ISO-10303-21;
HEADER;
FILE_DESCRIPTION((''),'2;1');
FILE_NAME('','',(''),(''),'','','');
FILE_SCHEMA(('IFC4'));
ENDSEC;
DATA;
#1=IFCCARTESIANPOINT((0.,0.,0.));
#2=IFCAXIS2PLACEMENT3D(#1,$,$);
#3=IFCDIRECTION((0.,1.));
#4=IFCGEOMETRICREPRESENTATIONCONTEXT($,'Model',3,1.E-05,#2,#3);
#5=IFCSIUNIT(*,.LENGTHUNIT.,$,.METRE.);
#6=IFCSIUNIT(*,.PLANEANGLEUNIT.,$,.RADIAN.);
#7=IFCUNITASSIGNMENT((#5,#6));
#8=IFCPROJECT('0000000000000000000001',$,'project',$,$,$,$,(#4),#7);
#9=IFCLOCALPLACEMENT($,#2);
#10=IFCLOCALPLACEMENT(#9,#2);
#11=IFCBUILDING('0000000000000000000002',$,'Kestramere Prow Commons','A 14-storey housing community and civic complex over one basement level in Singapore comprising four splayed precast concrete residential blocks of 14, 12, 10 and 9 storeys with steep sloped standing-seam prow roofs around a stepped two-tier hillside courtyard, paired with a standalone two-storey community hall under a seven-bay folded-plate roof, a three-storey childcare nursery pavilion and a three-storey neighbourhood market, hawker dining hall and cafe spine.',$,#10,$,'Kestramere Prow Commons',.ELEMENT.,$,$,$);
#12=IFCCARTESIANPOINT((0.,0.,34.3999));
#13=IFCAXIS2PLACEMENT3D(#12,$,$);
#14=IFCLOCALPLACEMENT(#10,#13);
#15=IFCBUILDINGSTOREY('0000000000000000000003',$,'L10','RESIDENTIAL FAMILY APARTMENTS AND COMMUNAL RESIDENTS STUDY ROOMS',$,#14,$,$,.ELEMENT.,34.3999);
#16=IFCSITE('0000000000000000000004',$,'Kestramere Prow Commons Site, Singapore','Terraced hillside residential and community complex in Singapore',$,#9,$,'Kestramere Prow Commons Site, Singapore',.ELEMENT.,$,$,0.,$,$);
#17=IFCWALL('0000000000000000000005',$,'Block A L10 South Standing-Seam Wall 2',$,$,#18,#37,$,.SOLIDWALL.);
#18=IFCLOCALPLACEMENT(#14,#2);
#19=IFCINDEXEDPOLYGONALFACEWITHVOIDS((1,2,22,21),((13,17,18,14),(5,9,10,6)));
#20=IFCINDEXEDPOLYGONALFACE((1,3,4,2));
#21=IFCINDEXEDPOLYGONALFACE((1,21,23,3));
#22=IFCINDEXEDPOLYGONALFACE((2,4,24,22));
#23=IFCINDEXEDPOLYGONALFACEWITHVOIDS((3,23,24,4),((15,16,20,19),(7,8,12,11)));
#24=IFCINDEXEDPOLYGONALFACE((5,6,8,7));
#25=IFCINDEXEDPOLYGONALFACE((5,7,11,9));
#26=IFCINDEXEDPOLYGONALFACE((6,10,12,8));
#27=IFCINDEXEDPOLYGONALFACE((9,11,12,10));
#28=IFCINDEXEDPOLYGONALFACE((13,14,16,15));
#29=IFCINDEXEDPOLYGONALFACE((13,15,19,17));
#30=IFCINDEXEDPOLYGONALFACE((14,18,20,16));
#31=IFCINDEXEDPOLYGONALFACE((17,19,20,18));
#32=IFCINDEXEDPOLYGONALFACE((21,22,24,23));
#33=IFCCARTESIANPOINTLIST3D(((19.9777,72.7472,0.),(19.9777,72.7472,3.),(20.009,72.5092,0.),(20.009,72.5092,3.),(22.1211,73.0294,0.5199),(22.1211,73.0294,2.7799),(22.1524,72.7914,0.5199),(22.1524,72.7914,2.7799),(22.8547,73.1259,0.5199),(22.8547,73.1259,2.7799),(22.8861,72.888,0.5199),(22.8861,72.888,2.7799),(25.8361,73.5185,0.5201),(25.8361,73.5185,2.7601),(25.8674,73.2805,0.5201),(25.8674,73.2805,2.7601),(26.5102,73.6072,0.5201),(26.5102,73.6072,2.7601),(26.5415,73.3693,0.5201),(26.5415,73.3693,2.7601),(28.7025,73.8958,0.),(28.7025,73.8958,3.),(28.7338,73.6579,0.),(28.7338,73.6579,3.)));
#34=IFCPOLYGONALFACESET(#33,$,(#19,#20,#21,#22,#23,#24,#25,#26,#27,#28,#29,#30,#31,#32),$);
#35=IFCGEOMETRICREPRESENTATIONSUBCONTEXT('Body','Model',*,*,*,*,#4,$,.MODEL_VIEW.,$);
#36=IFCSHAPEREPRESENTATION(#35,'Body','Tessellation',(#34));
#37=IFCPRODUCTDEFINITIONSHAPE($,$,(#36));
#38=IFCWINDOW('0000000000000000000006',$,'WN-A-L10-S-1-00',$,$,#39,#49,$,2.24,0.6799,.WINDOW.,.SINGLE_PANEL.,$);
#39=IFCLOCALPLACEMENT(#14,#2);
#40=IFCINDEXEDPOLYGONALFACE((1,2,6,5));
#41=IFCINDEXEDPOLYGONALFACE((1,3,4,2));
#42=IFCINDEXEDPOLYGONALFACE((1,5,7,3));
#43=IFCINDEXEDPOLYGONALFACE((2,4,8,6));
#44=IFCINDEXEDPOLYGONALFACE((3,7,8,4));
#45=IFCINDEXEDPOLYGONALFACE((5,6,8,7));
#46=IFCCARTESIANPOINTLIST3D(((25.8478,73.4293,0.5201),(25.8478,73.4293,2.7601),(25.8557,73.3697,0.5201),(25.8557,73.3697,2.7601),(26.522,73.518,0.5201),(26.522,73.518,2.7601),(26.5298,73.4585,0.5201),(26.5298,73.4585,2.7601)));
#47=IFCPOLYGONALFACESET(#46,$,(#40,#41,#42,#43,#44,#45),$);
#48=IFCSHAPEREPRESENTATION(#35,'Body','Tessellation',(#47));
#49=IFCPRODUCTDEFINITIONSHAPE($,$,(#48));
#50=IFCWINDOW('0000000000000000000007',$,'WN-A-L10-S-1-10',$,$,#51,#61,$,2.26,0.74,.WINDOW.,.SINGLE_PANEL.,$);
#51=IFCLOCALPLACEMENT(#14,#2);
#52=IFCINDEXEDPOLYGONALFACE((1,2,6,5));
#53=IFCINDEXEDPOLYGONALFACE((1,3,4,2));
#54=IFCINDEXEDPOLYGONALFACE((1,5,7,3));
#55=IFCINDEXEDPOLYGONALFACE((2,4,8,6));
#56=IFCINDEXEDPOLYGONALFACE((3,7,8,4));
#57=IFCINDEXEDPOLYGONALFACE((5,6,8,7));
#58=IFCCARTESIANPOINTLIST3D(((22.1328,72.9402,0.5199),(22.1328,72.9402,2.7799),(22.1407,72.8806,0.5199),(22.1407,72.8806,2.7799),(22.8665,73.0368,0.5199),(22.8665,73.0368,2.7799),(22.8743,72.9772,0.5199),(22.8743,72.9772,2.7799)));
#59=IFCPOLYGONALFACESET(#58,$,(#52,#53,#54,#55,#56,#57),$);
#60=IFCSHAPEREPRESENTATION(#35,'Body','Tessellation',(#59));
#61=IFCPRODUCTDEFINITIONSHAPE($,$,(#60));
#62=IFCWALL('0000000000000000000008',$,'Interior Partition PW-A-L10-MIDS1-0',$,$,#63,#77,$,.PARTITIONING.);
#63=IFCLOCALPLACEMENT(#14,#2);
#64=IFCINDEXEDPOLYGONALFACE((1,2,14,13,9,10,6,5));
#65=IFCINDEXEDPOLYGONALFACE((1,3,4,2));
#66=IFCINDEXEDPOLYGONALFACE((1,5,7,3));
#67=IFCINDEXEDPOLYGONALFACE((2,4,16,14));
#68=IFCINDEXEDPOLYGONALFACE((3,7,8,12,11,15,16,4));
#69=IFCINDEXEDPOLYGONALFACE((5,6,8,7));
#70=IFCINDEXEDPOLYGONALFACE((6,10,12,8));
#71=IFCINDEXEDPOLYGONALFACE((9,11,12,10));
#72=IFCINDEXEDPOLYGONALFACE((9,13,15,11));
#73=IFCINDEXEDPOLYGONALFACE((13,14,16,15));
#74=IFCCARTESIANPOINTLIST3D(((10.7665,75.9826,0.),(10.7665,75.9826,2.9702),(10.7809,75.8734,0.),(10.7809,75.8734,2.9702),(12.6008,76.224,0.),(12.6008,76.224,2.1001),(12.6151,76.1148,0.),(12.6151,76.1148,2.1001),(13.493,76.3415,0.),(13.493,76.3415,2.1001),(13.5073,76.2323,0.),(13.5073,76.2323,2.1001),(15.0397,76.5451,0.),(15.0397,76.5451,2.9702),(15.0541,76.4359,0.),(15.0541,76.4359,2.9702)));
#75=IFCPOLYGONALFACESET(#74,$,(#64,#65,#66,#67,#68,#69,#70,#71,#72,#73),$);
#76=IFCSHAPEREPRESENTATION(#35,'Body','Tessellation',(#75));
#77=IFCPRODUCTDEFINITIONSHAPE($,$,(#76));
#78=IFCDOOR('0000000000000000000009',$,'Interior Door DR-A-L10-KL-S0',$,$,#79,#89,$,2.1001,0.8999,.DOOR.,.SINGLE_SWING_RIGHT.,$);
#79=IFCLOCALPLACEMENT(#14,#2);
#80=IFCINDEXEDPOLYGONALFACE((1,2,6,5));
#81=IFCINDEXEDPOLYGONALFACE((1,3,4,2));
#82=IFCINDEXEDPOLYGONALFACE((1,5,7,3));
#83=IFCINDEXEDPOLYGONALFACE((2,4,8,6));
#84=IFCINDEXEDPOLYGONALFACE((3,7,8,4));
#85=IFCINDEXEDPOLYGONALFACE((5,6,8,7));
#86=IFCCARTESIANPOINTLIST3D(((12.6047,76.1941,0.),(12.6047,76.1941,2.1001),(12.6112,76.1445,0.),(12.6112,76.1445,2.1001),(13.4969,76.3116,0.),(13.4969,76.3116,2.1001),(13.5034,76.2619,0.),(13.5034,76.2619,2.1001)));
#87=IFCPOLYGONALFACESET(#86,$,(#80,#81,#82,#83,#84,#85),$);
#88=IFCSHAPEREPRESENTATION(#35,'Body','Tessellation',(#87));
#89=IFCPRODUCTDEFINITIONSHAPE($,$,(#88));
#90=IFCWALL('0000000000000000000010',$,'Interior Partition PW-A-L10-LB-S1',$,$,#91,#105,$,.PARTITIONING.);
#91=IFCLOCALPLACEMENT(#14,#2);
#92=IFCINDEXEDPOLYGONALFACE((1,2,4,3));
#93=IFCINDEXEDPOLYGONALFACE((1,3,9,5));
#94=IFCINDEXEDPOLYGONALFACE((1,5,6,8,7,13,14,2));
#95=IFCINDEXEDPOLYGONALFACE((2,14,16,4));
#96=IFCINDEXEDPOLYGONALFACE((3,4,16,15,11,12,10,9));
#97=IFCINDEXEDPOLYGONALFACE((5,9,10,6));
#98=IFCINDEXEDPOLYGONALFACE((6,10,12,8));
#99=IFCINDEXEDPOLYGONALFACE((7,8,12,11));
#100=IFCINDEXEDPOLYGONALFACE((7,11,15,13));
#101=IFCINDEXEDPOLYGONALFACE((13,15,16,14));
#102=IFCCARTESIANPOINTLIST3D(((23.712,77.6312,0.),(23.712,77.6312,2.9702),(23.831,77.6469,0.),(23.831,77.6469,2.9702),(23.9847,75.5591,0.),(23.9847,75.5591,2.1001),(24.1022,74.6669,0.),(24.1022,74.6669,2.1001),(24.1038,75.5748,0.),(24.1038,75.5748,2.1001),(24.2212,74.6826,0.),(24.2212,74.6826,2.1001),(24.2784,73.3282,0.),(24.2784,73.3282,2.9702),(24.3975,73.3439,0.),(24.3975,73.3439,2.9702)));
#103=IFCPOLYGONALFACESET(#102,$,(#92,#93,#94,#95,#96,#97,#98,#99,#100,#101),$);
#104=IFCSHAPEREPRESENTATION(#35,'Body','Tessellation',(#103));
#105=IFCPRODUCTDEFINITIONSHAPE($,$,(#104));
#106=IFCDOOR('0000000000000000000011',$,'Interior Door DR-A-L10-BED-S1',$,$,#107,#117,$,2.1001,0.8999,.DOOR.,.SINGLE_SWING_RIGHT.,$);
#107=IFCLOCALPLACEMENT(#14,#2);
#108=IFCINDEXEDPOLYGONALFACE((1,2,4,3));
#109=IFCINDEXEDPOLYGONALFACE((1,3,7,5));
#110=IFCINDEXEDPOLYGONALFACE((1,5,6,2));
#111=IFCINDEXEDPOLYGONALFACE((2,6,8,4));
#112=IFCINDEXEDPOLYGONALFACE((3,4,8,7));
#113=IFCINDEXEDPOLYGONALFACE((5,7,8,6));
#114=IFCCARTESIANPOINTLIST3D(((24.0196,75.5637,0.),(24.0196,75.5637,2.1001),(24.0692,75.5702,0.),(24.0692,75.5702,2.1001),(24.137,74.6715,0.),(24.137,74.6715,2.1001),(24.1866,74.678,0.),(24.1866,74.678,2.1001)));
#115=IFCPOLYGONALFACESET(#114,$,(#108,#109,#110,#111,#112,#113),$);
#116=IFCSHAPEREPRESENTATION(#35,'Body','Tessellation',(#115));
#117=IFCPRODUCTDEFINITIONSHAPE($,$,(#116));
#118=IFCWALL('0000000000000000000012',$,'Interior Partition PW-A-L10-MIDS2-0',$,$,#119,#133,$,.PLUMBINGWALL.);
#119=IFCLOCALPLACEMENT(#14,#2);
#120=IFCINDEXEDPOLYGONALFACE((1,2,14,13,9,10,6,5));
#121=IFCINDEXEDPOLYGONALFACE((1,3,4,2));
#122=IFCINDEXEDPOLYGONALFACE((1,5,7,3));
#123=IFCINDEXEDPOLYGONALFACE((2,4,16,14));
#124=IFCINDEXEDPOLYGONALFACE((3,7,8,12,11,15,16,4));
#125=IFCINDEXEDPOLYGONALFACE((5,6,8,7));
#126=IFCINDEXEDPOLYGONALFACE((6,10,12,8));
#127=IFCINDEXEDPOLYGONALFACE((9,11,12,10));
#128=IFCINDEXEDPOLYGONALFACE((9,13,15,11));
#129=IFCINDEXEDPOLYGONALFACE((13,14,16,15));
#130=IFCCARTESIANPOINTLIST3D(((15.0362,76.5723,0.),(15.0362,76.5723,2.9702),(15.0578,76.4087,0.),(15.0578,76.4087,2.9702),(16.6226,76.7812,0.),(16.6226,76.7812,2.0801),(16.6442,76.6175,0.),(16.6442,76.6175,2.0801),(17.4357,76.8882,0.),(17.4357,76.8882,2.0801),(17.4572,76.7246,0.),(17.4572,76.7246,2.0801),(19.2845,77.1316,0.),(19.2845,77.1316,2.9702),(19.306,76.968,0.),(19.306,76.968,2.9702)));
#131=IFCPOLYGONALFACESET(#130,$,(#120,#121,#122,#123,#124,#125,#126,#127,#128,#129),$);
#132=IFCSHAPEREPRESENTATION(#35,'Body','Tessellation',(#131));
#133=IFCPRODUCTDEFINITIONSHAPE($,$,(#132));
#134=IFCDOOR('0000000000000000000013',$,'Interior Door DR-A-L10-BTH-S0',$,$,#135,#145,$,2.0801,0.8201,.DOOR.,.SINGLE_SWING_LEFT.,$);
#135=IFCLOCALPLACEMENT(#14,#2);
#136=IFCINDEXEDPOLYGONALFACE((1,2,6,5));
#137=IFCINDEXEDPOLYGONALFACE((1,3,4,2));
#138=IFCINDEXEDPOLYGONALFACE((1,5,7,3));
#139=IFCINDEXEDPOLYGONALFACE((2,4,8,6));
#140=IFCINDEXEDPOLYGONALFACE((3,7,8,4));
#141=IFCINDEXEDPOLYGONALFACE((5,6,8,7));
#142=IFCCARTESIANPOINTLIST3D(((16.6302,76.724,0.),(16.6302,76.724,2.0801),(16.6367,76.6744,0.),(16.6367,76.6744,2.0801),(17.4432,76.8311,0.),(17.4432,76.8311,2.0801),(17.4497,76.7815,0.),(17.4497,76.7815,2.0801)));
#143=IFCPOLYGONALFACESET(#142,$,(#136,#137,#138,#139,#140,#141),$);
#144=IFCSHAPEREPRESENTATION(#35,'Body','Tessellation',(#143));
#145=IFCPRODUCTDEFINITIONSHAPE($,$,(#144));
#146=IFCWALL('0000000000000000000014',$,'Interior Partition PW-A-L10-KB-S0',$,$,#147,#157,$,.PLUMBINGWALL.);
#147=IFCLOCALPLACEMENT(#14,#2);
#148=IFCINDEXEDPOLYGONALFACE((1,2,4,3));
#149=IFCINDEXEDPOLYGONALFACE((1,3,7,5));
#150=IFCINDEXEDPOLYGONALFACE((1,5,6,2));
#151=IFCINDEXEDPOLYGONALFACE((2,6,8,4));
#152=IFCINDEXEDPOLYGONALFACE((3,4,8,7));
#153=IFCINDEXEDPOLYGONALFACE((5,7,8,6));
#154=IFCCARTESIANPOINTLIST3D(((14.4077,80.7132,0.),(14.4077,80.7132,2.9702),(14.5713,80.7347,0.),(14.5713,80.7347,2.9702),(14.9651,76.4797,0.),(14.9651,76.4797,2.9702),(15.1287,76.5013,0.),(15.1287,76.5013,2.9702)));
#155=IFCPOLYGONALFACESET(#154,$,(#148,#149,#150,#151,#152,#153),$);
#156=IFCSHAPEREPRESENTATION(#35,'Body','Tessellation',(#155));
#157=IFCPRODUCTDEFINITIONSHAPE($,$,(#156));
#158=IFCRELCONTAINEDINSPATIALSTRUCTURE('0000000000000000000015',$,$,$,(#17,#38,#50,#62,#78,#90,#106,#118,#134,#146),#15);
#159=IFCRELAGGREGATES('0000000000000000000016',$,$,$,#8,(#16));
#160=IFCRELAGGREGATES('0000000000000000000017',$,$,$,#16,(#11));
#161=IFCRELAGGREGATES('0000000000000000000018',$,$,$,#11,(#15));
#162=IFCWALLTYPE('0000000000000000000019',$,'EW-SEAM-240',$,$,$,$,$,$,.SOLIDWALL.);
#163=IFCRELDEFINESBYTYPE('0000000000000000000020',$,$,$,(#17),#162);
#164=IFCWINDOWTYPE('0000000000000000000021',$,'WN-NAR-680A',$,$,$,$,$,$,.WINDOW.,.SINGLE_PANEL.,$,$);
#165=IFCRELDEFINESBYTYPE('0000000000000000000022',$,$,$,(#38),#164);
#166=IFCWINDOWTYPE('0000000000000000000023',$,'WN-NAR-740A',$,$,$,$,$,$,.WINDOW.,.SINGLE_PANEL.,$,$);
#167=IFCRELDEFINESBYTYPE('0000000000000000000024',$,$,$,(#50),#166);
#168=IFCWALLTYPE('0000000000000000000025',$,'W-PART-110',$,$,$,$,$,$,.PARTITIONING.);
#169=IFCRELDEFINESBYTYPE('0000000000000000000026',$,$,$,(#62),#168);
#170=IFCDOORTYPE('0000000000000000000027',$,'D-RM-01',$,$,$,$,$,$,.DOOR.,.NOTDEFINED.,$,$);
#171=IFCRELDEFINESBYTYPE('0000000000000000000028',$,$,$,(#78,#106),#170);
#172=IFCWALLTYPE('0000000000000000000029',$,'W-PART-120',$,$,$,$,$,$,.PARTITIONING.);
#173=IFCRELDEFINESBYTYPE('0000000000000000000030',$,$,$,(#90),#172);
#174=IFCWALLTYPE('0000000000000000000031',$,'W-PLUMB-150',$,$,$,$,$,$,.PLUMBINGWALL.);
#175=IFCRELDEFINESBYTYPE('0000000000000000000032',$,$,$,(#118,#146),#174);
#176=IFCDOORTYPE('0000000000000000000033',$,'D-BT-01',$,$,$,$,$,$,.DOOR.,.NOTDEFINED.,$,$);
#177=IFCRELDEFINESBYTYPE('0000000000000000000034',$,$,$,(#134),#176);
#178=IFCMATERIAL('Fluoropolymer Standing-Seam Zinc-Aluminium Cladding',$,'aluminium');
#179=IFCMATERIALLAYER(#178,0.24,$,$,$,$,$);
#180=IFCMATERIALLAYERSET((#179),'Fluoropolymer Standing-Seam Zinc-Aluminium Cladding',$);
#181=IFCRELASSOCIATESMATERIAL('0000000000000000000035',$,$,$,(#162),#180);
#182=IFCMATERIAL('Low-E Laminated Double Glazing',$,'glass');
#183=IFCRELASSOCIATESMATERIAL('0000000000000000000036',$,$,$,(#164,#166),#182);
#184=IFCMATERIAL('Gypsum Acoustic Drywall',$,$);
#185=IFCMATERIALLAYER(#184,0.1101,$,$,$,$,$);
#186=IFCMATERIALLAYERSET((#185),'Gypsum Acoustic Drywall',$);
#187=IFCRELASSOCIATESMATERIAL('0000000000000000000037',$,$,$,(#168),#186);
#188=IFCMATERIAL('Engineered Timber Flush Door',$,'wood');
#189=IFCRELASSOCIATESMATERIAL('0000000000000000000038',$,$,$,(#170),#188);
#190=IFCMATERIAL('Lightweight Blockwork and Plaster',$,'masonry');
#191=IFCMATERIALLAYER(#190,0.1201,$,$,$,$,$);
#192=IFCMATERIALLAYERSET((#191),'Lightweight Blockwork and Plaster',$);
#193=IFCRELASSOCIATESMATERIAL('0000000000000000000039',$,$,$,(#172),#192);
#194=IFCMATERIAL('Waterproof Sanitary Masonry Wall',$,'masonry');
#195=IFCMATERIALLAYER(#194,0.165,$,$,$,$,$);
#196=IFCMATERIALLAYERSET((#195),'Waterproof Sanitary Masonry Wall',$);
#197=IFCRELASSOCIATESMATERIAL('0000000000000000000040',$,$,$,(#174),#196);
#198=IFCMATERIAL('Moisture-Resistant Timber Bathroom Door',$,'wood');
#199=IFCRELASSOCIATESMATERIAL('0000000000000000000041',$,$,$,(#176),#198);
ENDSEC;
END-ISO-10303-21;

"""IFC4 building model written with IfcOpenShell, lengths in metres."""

from ifc_helpers import new_model, si_unit, direction, frame, frame_2d, origin, place, context, subcontext, project, spatial, rectangle, extrude, material, layer, layer_set, type_object, element, fill, save


model = new_model("IFC4")

# Units and contexts
model_context = context("Model", 3, precision=1e-05, world=origin(), true_north=direction((0.0, 1.0)))
body_context = subcontext(model_context, "Body", "Model", "MODEL_VIEW")
ifc_project = project(units=[si_unit("LENGTHUNIT", "METRE"), si_unit("PLANEANGLEUNIT", "RADIAN")], contexts=[model_context])

# Site, building, storey
site_placement = place(None, origin())
site = spatial("IfcSite", under=ifc_project, at=site_placement, Name="Kestramere Prow Commons Site, Singapore", Description="Terraced hillside residential and community complex in Singapore", LongName="Kestramere Prow Commons Site, Singapore", CompositionType="ELEMENT", RefElevation=0.0)
building_placement = place(site_placement, origin())
building = spatial("IfcBuilding", under=site, at=building_placement, Name="Kestramere Prow Commons", Description="A 14-storey housing community and civic complex over one basement level in Singapore comprising four splayed precast concrete residential blocks of 14, 12, 10 and 9 storeys with steep sloped standing-seam prow roofs around a stepped two-tier hillside courtyard, paired with a standalone two-storey community hall under a seven-bay folded-plate roof, a three-storey childcare nursery pavilion and a three-storey neighbourhood market, hawker dining hall and cafe spine.", LongName="Kestramere Prow Commons", CompositionType="ELEMENT")
storey_placement = place(building_placement, frame((0.0, 0.0, 34.3999)))
storey = spatial("IfcBuildingStorey", under=building, at=storey_placement, Name="L10", Description="RESIDENTIAL FAMILY APARTMENTS AND COMMUNAL RESIDENTS STUDY ROOMS", CompositionType="ELEMENT", Elevation=34.3999)

# Wall, openings, windows
ifc_material_1 = material(Name="Low-E Laminated Double Glazing", Category="glass")
ifc_material_2 = material(Name="Fluoropolymer Standing-Seam Zinc-Aluminium Cladding", Category="aluminium")
ifc_layer_1 = layer(ifc_material_2, 0.24)
ifc_layer_set_1 = layer_set([ifc_layer_1], Name="Fluoropolymer Standing-Seam Zinc-Aluminium Cladding")
wall_type_1 = type_object("IfcWallType", Name="EW-SEAM-240", PredefinedType="SOLIDWALL", material=ifc_layer_set_1)
wall_1_placement = place(storey_placement, frame((28.718, 73.7769, 0.0), z_axis=(0.0, 0.0, 1.0), x_axis=(-0.991444, -0.13053, 0.0)))
wall_1 = element("IfcWall", 1, at=wall_1_placement, inside=storey, type_object=wall_type_1, Name="Block A L10 South Standing-Seam Wall 2", PredefinedType="SOLIDWALL", context=body_context, shape_type="SweptSolid", body=[
    extrude(rectangle(XDim=8.8, YDim=0.24, at=frame_2d((4.3999, 0.0))), origin(), (0.0, 0.0, 1.0), 3.0),
])
opening_1_placement = place(wall_1_placement, frame((2.2112, 0.0, 0.52)))
opening_1 = element("IfcOpeningElement", 2, at=opening_1_placement, cuts=wall_1, PredefinedType="OPENING", context=body_context, shape_type="SweptSolid", body=[
    extrude(rectangle(XDim=0.6799, YDim=2.24, at=frame_2d((0.3398, 1.1201))), frame((0.0, 0.135, 0.0), z_axis=(0.0, -1.0, 0.0), x_axis=(1.0, 0.0, 0.0)), (0.0, 0.0, 1.0), 0.27),
])
opening_2_placement = place(wall_1_placement, frame((5.8979, 0.0, 0.52)))
opening_2 = element("IfcOpeningElement", 3, at=opening_2_placement, cuts=wall_1, PredefinedType="OPENING", context=body_context, shape_type="SweptSolid", body=[
    extrude(rectangle(XDim=0.74, YDim=2.26, at=frame_2d((0.3701, 1.1299))), frame((0.0, 0.135, 0.0), z_axis=(0.0, -1.0, 0.0), x_axis=(1.0, 0.0, 0.0)), (0.0, 0.0, 1.0), 0.27),
])
window_type_1 = type_object("IfcWindowType", Name="WN-NAR-680A", PartitioningType="SINGLE_PANEL", PredefinedType="WINDOW", material=ifc_material_1)
window_1_placement = place(opening_1_placement, origin())
window_1 = element("IfcWindow", 4, at=window_1_placement, inside=storey, type_object=window_type_1, Name="WN-A-L10-S-1-00", OverallHeight=2.24, OverallWidth=0.6799, PartitioningType="SINGLE_PANEL", PredefinedType="WINDOW", context=body_context, shape_type="SweptSolid", body=[
    extrude(rectangle(XDim=0.6799, YDim=2.24, at=frame_2d((0.3398, 1.1201))), frame((0.0, 0.03, 0.0), z_axis=(0.0, -1.0, 0.0), x_axis=(1.0, 0.0, 0.0)), (0.0, 0.0, 1.0), 0.0601),
])
fill(opening_1, window_1)
window_type_2 = type_object("IfcWindowType", Name="WN-NAR-740A", PartitioningType="SINGLE_PANEL", PredefinedType="WINDOW", material=ifc_material_1)
window_2_placement = place(opening_2_placement, origin())
window_2 = element("IfcWindow", 5, at=window_2_placement, inside=storey, type_object=window_type_2, Name="WN-A-L10-S-1-10", OverallHeight=2.26, OverallWidth=0.74, PartitioningType="SINGLE_PANEL", PredefinedType="WINDOW", context=body_context, shape_type="SweptSolid", body=[
    extrude(rectangle(XDim=0.74, YDim=2.26, at=frame_2d((0.3701, 1.1299))), frame((0.0, 0.03, 0.0), z_axis=(0.0, -1.0, 0.0), x_axis=(1.0, 0.0, 0.0)), (0.0, 0.0, 1.0), 0.0601),
])
fill(opening_2, window_2)

# Walls, openings, doors
ifc_material_3 = material(Name="Gypsum Acoustic Drywall")
ifc_layer_2 = layer(ifc_material_3, 0.1101)
ifc_layer_set_2 = layer_set([ifc_layer_2], Name="Gypsum Acoustic Drywall")
wall_type_2 = type_object("IfcWallType", Name="W-PART-110", PredefinedType="PARTITIONING", material=ifc_layer_set_2)
wall_2_placement = place(storey_placement, frame((10.7737, 75.928, 0.0), z_axis=(0.0, 0.0, 1.0), x_axis=(0.991447, 0.130509, 0.0)))
wall_2 = element("IfcWall", 6, at=wall_2_placement, inside=storey, type_object=wall_type_2, Name="Interior Partition PW-A-L10-MIDS1-0", PredefinedType="PARTITIONING", context=body_context, shape_type="SweptSolid", body=[
    extrude(rectangle(XDim=4.3101, YDim=0.1101, at=frame_2d((2.155, 0.0))), origin(), (0.0, 0.0, 1.0), 2.9702),
])
opening_3_placement = place(wall_2_placement, frame((1.8501, 0.0, 0.0)))
opening_3 = element("IfcOpeningElement", 7, at=opening_3_placement, cuts=wall_2, PredefinedType="OPENING", context=body_context, shape_type="SweptSolid", body=[
    extrude(rectangle(XDim=0.8999, YDim=2.1001, at=frame_2d((0.45, 1.05))), frame((0.0, 0.0701, 0.0), z_axis=(0.0, -1.0, 0.0), x_axis=(1.0, 0.0, 0.0)), (0.0, 0.0, 1.0), 0.1401),
])
ifc_material_4 = material(Name="Engineered Timber Flush Door", Category="wood")
door_type_1 = type_object("IfcDoorType", Name="D-RM-01", OperationType="NOTDEFINED", PredefinedType="DOOR", material=ifc_material_4)
door_1_placement = place(opening_3_placement, origin())
door_1 = element("IfcDoor", 8, at=door_1_placement, inside=storey, type_object=door_type_1, Name="Interior Door DR-A-L10-KL-S0", OperationType="SINGLE_SWING_RIGHT", OverallHeight=2.1001, OverallWidth=0.8999, PredefinedType="DOOR", context=body_context, shape_type="SweptSolid", body=[
    extrude(rectangle(XDim=0.8999, YDim=2.1001, at=frame_2d((0.45, 1.05))), frame((0.0, 0.0249, 0.0), z_axis=(0.0, -1.0, 0.0), x_axis=(1.0, 0.0, 0.0)), (0.0, 0.0, 1.0), 0.05),
])
fill(opening_3, door_1)
ifc_material_5 = material(Name="Lightweight Blockwork and Plaster", Category="masonry")
ifc_layer_3 = layer(ifc_material_5, 0.1201)
ifc_layer_set_3 = layer_set([ifc_layer_3], Name="Lightweight Blockwork and Plaster")
wall_type_3 = type_object("IfcWallType", Name="W-PART-120", PredefinedType="PARTITIONING", material=ifc_layer_set_3)
wall_3_placement = place(storey_placement, frame((24.3379, 73.3362, 0.0), z_axis=(0.0, 0.0, 1.0), x_axis=(-0.130505, 0.991448, 0.0)))
wall_3 = element("IfcWall", 9, at=wall_3_placement, inside=storey, type_object=wall_type_3, Name="Interior Partition PW-A-L10-LB-S1", PredefinedType="PARTITIONING", context=body_context, shape_type="SweptSolid", body=[
    extrude(rectangle(XDim=4.3401, YDim=0.1201, at=frame_2d((2.1699, 0.0))), origin(), (0.0, 0.0, 1.0), 2.9702),
])
opening_4_placement = place(wall_3_placement, frame((1.3501, 0.0, 0.0)))
opening_4 = element("IfcOpeningElement", 10, at=opening_4_placement, cuts=wall_3, PredefinedType="OPENING", context=body_context, shape_type="SweptSolid", body=[
    extrude(rectangle(XDim=0.8999, YDim=2.1001, at=frame_2d((0.45, 1.05))), frame((0.0, 0.075, 0.0), z_axis=(0.0, -1.0, 0.0), x_axis=(1.0, 0.0, 0.0)), (0.0, 0.0, 1.0), 0.1501),
])
door_2_placement = place(opening_4_placement, origin())
door_2 = element("IfcDoor", 11, at=door_2_placement, inside=storey, type_object=door_type_1, Name="Interior Door DR-A-L10-BED-S1", OperationType="SINGLE_SWING_RIGHT", OverallHeight=2.1001, OverallWidth=0.8999, PredefinedType="DOOR", context=body_context, shape_type="SweptSolid", body=[
    extrude(rectangle(XDim=0.8999, YDim=2.1001, at=frame_2d((0.45, 1.05))), frame((0.0, 0.0249, 0.0), z_axis=(0.0, -1.0, 0.0), x_axis=(1.0, 0.0, 0.0)), (0.0, 0.0, 1.0), 0.05),
])
fill(opening_4, door_2)
ifc_material_6 = material(Name="Waterproof Sanitary Masonry Wall", Category="masonry")
ifc_layer_4 = layer(ifc_material_6, 0.165)
ifc_layer_set_4 = layer_set([ifc_layer_4], Name="Waterproof Sanitary Masonry Wall")
wall_type_4 = type_object("IfcWallType", Name="W-PLUMB-150", PredefinedType="PLUMBINGWALL", material=ifc_layer_set_4)
wall_4_placement = place(storey_placement, frame((15.0469, 76.4905, 0.0), z_axis=(0.0, 0.0, 1.0), x_axis=(0.991444, 0.130533, 0.0)))
wall_4 = element("IfcWall", 12, at=wall_4_placement, inside=storey, type_object=wall_type_4, Name="Interior Partition PW-A-L10-MIDS2-0", PredefinedType="PLUMBINGWALL", context=body_context, shape_type="SweptSolid", body=[
    extrude(rectangle(XDim=4.2849, YDim=0.165, at=frame_2d((2.1426, 0.0))), origin(), (0.0, 0.0, 1.0), 2.9702),
])
opening_5_placement = place(wall_4_placement, frame((1.6001, 0.0, 0.0)))
opening_5 = element("IfcOpeningElement", 13, at=opening_5_placement, cuts=wall_4, PredefinedType="OPENING", context=body_context, shape_type="SweptSolid", body=[
    extrude(rectangle(XDim=0.8201, YDim=2.0801, at=frame_2d((0.4102, 1.04))), frame((0.0, 0.0974, 0.0), z_axis=(0.0, -1.0, 0.0), x_axis=(1.0, 0.0, 0.0)), (0.0, 0.0, 1.0), 0.1951),
])
ifc_material_7 = material(Name="Moisture-Resistant Timber Bathroom Door", Category="wood")
door_type_2 = type_object("IfcDoorType", Name="D-BT-01", OperationType="NOTDEFINED", PredefinedType="DOOR", material=ifc_material_7)
door_3_placement = place(opening_5_placement, origin())
door_3 = element("IfcDoor", 14, at=door_3_placement, inside=storey, type_object=door_type_2, Name="Interior Door DR-A-L10-BTH-S0", OperationType="SINGLE_SWING_LEFT", OverallHeight=2.0801, OverallWidth=0.8201, PredefinedType="DOOR", context=body_context, shape_type="SweptSolid", body=[
    extrude(rectangle(XDim=0.8201, YDim=2.0801, at=frame_2d((0.4102, 1.04))), frame((0.0, 0.0249, 0.0), z_axis=(0.0, -1.0, 0.0), x_axis=(1.0, 0.0, 0.0)), (0.0, 0.0, 1.0), 0.05),
])
fill(opening_5, door_3)

# Wall
wall_5_placement = place(storey_placement, frame((15.0469, 76.4905, 0.0), z_axis=(0.0, 0.0, 1.0), x_axis=(-0.130534, 0.991444, 0.0)))
element("IfcWall", 15, at=wall_5_placement, inside=storey, type_object=wall_type_4, Name="Interior Partition PW-A-L10-KB-S0", PredefinedType="PLUMBINGWALL", context=body_context, shape_type="SweptSolid", body=[
    extrude(rectangle(XDim=4.27, YDim=0.165, at=frame_2d((2.135, 0.0))), origin(), (0.0, 0.0, 1.0), 2.9702),
])

save(model, "model.ifc")
